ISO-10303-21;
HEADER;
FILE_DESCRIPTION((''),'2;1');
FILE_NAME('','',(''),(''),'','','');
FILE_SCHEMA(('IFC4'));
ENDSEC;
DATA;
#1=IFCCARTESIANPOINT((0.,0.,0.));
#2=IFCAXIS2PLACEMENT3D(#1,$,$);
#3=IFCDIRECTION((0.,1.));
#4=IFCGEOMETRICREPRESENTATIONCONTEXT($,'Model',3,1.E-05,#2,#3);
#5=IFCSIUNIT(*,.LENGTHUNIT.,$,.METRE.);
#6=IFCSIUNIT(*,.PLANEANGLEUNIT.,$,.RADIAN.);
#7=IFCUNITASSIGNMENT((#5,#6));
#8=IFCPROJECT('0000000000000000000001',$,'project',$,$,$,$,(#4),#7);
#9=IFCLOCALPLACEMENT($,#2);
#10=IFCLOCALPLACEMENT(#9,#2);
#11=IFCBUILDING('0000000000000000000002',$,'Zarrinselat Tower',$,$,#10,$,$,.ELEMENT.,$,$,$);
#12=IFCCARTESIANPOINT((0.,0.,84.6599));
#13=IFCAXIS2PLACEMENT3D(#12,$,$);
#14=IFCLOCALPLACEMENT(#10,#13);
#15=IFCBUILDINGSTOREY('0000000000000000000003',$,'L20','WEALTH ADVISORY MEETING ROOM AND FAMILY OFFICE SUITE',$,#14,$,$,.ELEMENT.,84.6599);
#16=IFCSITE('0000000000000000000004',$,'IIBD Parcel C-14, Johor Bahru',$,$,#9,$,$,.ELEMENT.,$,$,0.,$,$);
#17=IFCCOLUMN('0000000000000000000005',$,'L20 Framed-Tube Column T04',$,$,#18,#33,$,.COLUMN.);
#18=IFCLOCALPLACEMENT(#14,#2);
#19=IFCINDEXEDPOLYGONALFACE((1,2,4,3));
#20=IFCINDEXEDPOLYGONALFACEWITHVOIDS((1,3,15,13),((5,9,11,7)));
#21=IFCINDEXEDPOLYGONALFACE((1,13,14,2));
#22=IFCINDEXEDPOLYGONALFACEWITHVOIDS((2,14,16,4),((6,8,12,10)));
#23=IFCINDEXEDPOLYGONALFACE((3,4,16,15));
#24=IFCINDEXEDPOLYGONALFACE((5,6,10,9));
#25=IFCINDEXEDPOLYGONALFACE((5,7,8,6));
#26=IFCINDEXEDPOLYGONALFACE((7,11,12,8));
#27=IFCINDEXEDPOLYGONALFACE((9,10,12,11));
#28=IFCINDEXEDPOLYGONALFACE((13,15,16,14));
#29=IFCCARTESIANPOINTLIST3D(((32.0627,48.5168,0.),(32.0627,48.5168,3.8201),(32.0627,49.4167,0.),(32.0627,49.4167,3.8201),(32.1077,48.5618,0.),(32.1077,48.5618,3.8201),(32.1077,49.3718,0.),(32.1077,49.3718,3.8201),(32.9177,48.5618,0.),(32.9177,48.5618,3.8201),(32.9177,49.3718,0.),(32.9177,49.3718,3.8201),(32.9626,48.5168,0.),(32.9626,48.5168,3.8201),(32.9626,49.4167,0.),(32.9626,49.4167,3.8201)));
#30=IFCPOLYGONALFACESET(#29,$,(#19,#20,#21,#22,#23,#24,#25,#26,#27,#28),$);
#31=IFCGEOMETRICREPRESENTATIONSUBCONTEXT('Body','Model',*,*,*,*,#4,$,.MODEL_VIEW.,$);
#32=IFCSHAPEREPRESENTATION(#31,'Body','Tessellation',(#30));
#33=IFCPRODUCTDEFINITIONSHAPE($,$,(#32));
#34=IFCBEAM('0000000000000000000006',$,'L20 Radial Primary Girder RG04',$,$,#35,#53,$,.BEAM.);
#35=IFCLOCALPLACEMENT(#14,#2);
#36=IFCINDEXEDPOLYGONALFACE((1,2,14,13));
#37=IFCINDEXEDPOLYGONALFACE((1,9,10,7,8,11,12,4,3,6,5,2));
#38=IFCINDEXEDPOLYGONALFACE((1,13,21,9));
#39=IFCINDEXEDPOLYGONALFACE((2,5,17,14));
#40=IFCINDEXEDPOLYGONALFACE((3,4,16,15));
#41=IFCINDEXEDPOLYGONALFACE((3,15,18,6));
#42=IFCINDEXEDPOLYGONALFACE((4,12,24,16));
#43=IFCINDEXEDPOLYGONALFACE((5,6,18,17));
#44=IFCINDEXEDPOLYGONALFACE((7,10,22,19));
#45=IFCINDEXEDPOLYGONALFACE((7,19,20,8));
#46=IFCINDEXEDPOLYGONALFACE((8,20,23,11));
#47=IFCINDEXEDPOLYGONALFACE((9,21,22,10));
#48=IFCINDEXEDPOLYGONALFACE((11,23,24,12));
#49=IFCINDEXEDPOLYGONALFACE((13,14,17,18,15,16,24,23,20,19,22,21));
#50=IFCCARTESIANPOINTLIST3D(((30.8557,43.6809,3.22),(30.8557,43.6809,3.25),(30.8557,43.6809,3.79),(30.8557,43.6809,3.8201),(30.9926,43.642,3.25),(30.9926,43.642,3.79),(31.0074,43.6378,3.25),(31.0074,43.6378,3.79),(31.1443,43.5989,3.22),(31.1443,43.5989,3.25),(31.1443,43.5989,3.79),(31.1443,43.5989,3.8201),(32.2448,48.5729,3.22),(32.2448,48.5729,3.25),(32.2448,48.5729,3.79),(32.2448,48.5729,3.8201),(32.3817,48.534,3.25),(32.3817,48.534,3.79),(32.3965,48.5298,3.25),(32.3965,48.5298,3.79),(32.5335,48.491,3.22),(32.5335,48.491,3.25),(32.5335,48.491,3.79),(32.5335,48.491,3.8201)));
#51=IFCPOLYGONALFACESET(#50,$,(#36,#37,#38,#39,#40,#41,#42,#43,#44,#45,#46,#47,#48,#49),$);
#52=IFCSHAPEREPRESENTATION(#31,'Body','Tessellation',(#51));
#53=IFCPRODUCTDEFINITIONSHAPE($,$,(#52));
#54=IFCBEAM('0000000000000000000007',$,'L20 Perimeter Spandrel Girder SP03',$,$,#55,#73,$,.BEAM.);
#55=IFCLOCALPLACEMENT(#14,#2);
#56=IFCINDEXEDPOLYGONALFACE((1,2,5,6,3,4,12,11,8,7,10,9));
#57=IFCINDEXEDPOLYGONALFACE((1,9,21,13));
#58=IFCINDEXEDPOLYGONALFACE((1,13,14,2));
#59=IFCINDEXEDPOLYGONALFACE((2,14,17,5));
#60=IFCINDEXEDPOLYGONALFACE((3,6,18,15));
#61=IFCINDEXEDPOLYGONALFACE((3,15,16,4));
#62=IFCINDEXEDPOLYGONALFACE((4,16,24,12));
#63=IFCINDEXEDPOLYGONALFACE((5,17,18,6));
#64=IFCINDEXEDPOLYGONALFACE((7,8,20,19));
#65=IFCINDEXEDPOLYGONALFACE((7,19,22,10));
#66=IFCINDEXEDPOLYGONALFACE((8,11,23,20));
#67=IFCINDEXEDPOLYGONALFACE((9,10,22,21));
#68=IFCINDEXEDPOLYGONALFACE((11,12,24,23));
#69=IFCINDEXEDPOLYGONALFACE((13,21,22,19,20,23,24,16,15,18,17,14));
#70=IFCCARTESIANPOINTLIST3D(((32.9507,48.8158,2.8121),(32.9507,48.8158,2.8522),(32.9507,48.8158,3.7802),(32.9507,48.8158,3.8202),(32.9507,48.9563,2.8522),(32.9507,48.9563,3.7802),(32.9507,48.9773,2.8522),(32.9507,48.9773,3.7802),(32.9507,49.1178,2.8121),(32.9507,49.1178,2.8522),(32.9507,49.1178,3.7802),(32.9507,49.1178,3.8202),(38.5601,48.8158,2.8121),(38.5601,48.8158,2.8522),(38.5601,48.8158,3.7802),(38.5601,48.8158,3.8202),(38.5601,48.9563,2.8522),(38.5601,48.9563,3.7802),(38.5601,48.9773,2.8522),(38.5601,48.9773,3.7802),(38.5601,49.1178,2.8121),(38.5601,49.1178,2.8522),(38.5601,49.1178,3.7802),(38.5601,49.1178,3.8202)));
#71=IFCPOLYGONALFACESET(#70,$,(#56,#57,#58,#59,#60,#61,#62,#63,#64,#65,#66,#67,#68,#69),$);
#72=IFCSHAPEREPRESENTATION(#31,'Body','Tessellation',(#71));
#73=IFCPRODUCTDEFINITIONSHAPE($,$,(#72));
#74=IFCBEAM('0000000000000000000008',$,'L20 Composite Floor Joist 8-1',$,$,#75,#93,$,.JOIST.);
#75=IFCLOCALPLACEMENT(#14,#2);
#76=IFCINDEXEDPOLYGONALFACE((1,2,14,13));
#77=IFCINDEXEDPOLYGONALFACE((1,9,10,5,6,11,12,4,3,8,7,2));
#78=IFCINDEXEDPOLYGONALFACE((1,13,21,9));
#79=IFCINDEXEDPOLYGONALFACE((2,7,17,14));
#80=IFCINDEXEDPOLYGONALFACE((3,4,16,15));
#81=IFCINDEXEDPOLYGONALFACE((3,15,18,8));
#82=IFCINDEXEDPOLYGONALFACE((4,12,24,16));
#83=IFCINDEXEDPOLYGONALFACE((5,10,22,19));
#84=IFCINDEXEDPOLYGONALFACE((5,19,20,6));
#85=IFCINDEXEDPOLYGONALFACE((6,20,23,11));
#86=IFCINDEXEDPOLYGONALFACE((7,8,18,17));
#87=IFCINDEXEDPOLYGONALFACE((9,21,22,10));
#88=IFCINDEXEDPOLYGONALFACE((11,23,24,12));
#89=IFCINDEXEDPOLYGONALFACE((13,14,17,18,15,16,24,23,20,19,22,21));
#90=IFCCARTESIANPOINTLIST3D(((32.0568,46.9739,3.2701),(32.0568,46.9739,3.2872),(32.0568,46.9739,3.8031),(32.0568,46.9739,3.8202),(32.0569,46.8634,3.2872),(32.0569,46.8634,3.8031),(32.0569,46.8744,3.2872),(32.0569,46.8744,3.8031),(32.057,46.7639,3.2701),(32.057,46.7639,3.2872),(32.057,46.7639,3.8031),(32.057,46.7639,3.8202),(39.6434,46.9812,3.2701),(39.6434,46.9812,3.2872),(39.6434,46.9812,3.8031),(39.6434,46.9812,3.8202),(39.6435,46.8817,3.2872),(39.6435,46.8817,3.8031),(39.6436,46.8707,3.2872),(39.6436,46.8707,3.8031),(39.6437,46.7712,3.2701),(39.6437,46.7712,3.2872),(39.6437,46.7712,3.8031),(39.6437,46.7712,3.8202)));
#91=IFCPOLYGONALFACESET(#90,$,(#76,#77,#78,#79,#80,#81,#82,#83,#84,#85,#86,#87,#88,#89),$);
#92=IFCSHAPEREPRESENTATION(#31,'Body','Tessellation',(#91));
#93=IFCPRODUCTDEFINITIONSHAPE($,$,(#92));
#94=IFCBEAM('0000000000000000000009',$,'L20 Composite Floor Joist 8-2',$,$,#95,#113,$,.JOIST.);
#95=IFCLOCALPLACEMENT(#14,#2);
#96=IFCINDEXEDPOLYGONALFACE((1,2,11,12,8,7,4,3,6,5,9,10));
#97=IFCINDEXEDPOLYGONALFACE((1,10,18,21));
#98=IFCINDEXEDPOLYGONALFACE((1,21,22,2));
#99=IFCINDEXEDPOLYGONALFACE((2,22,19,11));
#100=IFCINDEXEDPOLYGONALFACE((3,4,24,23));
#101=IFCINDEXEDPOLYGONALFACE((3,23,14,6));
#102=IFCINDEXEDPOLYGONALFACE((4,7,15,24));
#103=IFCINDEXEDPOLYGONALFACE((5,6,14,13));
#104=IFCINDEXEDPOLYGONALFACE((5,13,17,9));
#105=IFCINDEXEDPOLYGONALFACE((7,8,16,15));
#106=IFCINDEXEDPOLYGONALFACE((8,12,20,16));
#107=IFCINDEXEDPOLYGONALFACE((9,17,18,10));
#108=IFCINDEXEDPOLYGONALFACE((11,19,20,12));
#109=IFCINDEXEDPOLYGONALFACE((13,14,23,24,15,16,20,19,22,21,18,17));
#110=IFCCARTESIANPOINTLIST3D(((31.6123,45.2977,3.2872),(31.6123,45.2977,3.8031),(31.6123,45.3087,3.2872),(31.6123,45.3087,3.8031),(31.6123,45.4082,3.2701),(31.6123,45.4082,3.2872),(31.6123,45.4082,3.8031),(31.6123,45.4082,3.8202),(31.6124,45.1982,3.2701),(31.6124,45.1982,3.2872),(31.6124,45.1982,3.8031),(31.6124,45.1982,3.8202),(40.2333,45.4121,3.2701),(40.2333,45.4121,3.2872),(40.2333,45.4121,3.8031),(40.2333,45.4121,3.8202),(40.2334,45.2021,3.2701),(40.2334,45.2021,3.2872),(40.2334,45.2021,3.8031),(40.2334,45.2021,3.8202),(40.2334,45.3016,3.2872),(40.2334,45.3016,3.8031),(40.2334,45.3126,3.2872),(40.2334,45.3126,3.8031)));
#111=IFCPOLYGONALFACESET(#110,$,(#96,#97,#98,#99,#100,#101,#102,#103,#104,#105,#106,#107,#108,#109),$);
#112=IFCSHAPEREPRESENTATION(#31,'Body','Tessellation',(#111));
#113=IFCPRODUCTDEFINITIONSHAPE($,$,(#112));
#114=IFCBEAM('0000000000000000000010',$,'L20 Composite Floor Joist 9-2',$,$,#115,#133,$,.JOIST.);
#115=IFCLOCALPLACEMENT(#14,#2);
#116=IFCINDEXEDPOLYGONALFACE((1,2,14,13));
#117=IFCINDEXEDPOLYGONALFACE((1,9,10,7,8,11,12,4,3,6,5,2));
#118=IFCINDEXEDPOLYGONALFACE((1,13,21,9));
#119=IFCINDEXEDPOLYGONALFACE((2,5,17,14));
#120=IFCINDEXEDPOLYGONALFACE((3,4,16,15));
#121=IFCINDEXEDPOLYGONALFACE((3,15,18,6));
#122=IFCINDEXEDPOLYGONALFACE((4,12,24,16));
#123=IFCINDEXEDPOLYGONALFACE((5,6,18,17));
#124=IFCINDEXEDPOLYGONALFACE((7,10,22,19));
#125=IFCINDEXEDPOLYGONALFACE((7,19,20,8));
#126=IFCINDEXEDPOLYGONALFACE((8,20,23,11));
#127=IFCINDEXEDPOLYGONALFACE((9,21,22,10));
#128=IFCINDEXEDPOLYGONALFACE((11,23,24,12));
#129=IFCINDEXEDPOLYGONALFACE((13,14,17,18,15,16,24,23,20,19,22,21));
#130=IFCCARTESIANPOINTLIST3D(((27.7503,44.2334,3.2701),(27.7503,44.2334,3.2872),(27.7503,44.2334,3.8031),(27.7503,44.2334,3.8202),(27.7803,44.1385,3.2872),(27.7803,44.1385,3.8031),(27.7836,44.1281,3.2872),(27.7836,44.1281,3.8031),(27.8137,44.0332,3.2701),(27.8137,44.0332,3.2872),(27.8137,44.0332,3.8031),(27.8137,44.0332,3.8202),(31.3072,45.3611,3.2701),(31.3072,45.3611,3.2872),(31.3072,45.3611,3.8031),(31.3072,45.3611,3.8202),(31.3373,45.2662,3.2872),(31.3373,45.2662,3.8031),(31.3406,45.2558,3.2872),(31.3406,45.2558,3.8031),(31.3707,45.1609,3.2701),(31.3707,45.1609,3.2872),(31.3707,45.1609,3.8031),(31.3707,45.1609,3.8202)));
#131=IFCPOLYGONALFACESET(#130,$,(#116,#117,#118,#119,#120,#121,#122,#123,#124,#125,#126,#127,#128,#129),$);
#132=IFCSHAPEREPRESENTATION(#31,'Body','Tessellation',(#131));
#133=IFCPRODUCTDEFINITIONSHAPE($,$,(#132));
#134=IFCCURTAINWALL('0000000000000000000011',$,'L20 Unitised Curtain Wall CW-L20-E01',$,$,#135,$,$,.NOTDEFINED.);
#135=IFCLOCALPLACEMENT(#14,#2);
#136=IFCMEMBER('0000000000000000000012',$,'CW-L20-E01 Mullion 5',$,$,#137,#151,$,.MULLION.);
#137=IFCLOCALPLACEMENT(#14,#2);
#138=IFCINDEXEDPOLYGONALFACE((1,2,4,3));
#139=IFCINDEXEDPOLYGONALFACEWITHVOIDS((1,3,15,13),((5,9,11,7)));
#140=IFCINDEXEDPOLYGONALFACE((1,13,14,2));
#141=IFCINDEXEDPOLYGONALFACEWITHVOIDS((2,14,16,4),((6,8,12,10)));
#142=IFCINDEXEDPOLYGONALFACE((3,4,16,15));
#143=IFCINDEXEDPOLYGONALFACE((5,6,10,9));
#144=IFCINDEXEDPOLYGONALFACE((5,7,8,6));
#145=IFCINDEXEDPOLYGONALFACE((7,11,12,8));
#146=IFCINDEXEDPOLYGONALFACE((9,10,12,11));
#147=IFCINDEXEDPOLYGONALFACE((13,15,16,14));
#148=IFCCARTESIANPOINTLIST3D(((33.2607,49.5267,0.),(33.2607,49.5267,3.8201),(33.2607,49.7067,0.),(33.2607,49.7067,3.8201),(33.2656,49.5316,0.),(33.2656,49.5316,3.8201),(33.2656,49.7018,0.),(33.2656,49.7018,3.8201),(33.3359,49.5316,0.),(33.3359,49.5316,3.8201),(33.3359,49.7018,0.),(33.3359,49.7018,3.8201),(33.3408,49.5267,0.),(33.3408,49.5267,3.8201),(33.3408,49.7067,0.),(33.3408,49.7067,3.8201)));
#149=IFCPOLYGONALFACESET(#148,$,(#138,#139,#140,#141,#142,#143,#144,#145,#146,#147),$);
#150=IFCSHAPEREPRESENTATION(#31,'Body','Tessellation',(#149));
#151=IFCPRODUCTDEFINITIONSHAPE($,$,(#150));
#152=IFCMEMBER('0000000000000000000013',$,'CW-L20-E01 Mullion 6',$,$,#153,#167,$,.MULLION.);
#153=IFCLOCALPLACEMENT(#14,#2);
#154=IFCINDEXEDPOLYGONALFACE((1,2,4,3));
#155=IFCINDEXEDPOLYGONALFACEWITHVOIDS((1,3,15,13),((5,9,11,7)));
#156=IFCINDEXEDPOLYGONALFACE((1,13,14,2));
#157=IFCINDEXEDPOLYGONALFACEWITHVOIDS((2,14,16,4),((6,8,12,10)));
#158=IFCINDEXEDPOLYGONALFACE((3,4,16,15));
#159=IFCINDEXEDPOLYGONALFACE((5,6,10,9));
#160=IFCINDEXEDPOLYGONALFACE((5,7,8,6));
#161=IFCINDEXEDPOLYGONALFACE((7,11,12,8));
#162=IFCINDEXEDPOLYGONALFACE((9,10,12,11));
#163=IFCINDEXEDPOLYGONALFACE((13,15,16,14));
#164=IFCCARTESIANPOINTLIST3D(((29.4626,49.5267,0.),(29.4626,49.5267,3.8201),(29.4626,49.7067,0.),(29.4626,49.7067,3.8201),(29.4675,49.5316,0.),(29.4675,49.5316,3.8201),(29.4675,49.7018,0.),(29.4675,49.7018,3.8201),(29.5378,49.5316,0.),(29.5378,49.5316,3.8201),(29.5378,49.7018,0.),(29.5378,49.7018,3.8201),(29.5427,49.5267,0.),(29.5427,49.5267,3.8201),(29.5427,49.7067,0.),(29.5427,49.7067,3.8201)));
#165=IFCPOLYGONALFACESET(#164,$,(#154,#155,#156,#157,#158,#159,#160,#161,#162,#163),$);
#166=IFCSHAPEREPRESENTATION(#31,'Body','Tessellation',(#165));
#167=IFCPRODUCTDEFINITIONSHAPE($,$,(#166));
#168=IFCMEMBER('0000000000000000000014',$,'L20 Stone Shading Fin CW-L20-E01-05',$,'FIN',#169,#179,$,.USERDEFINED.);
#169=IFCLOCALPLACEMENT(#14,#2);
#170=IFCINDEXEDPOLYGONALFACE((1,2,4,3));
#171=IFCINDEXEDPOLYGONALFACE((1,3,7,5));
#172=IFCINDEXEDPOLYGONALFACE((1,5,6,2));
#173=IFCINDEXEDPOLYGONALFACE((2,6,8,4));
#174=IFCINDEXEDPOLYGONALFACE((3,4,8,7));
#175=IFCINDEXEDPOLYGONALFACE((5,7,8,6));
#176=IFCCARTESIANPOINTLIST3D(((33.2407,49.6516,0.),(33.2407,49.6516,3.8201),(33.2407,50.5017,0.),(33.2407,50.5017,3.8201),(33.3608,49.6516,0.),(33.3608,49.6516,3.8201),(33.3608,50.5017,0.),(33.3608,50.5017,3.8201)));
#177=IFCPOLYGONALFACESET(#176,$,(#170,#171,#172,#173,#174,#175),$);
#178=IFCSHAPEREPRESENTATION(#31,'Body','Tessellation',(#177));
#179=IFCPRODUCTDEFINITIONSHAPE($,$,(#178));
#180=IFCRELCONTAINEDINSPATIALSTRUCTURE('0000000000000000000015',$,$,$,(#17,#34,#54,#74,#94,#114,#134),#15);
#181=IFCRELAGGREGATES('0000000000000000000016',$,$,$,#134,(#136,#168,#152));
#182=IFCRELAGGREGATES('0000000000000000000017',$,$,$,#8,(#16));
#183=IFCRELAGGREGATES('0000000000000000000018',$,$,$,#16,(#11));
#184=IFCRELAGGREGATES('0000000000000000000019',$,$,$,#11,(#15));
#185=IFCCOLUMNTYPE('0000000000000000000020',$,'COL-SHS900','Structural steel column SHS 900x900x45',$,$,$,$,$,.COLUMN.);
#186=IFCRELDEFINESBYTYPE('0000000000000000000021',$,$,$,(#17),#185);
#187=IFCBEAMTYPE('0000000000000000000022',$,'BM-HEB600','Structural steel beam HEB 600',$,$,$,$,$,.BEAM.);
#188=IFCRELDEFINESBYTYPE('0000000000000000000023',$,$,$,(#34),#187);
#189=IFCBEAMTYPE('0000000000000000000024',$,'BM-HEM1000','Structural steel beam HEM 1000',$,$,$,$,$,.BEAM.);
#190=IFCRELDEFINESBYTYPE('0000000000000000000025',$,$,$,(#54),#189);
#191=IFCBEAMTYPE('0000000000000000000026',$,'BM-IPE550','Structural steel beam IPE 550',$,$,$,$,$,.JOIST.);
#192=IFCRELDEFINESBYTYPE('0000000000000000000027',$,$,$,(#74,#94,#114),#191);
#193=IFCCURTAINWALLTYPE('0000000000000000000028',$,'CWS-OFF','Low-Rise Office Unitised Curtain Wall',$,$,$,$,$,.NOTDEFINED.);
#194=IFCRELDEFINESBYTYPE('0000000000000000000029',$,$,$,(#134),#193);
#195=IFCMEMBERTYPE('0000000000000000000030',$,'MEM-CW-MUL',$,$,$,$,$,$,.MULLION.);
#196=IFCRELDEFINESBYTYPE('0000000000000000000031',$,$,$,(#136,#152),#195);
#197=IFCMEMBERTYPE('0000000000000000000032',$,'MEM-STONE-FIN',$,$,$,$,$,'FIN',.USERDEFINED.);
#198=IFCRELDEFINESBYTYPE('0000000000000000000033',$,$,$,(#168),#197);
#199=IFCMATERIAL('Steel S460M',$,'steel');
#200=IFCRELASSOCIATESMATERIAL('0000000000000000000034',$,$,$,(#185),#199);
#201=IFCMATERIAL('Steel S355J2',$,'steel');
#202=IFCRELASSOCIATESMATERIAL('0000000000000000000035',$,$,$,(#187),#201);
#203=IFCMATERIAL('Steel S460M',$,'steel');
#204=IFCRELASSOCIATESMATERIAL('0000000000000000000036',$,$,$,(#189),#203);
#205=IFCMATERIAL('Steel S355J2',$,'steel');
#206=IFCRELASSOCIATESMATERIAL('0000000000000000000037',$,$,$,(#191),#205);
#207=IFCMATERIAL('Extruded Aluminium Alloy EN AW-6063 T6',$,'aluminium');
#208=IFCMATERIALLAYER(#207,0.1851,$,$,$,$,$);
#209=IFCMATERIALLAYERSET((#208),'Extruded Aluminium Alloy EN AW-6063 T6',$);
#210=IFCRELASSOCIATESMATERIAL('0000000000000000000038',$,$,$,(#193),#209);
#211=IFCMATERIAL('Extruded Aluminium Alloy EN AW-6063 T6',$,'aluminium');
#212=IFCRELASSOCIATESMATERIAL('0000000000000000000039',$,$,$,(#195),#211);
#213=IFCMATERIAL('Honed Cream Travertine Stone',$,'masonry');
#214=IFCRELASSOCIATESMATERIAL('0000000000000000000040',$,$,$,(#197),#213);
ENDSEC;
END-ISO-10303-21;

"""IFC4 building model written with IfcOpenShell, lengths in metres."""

from ifc_helpers import new_model, si_unit, direction, frame, origin, origin_2d, place, context, subcontext, project, spatial, rectangle, hollow_rectangle, i_section, extrude, material, layer, layer_set, material_profile, profile_set, type_object, element, aggregate, save


model = new_model("IFC4")

# Units and contexts
model_context = context("Model", 3, precision=1e-05, world=origin(), true_north=direction((0.0, 1.0)))
body_context = subcontext(model_context, "Body", "Model", "MODEL_VIEW")
ifc_project = project(units=[si_unit("LENGTHUNIT", "METRE"), si_unit("PLANEANGLEUNIT", "RADIAN")], contexts=[model_context])

# Site, building, storey
site_placement = place(None, origin())
site = spatial("IfcSite", under=ifc_project, at=site_placement, Name="IIBD Parcel C-14, Johor Bahru", CompositionType="ELEMENT", RefElevation=0.0)
building_placement = place(site_placement, origin())
building = spatial("IfcBuilding", under=site, at=building_placement, Name="Zarrinselat Tower", CompositionType="ELEMENT")
storey_placement = place(building_placement, frame((0.0, 0.0, 84.6599)))
storey = spatial("IfcBuildingStorey", under=building, at=storey_placement, Name="L20", Description="WEALTH ADVISORY MEETING ROOM AND FAMILY OFFICE SUITE", CompositionType="ELEMENT", Elevation=84.6599)

# Column
ifc_material_1 = material(Name="Steel S460M", Category="steel")
ifc_material_profile_1 = material_profile(ifc_material_1, hollow_rectangle(XDim=0.8999, YDim=0.8999, WallThickness=0.0449, at=origin_2d()), Name="SHS 900x900x45")
ifc_profile_set_1 = profile_set([ifc_material_profile_1], Name="Steel S460M")
column_type = type_object("IfcColumnType", Name="COL-SHS900", Description="Structural steel column SHS 900x900x45", PredefinedType="COLUMN", material=ifc_profile_set_1)
column_placement = place(storey_placement, frame((32.5127, 48.9668, 0.0), z_axis=(0.0, 0.0, 1.0), x_axis=(1.0, 0.0, 0.0)))
element("IfcColumn", 1, at=column_placement, inside=storey, type_object=column_type, Name="L20 Framed-Tube Column T04", PredefinedType="COLUMN", context=body_context, shape_type="SweptSolid", body=[
    extrude(hollow_rectangle(XDim=0.8999, YDim=0.8999, WallThickness=0.0449, at=origin_2d()), origin(), (0.0, 0.0, 1.0), 3.8201),
])

# Beams
ifc_material_2 = material(Name="Steel S355J2", Category="steel")
ifc_material_profile_2 = material_profile(ifc_material_2, i_section(OverallWidth=0.3, OverallDepth=0.6001, WebThickness=0.0154, FlangeThickness=0.03, at=origin_2d()), Name="HEB 600")
ifc_profile_set_2 = profile_set([ifc_material_profile_2], Name="Steel S355J2")
beam_type_1 = type_object("IfcBeamType", Name="BM-HEB600", Description="Structural steel beam HEB 600", PredefinedType="BEAM", material=ifc_profile_set_2)
beam_1_placement = place(storey_placement, frame((31.0, 43.6399, 3.52), z_axis=(0.273161, 0.961968, 0.0), x_axis=(-0.961968, 0.273161, 0.0)))
element("IfcBeam", 2, at=beam_1_placement, inside=storey, type_object=beam_type_1, Name="L20 Radial Primary Girder RG04", PredefinedType="BEAM", context=body_context, shape_type="SweptSolid", body=[
    extrude(i_section(OverallWidth=0.3, OverallDepth=0.6001, WebThickness=0.0154, FlangeThickness=0.03, at=origin_2d()), origin(), (0.0, 0.0, 1.0), 5.0854),
])
ifc_material_3 = material(Name="Steel S460M", Category="steel")
ifc_material_profile_3 = material_profile(ifc_material_3, i_section(OverallWidth=0.302, OverallDepth=1.0081, WebThickness=0.021, FlangeThickness=0.04, at=origin_2d()), Name="HEM 1000")
ifc_profile_set_3 = profile_set([ifc_material_profile_3], Name="Steel S460M")
beam_type_2 = type_object("IfcBeamType", Name="BM-HEM1000", Description="Structural steel beam HEM 1000", PredefinedType="BEAM", material=ifc_profile_set_3)
beam_2_placement = place(storey_placement, frame((32.9507, 48.9668, 3.3162), z_axis=(1.0, 0.0, 0.0), x_axis=(0.0, 1.0, 0.0)))
element("IfcBeam", 3, at=beam_2_placement, inside=storey, type_object=beam_type_2, Name="L20 Perimeter Spandrel Girder SP03", PredefinedType="BEAM", context=body_context, shape_type="SweptSolid", body=[
    extrude(i_section(OverallWidth=0.302, OverallDepth=1.0081, WebThickness=0.021, FlangeThickness=0.04, at=origin_2d()), origin(), (0.0, 0.0, 1.0), 5.6094),
])
ifc_material_4 = material(Name="Steel S355J2", Category="steel")
ifc_material_profile_4 = material_profile(ifc_material_4, i_section(OverallWidth=0.21, OverallDepth=0.55, WebThickness=0.011, FlangeThickness=0.0171, at=origin_2d()), Name="IPE 550")
ifc_profile_set_4 = profile_set([ifc_material_profile_4], Name="Steel S355J2")
beam_type_3 = type_object("IfcBeamType", Name="BM-IPE550", Description="Structural steel beam IPE 550", PredefinedType="JOIST", material=ifc_profile_set_4)
beam_3_placement = place(storey_placement, frame((32.0569, 46.8689, 3.5452), z_axis=(1.0, 0.000965, 0.0), x_axis=(-0.000965, 1.0, 0.0)))
element("IfcBeam", 4, at=beam_3_placement, inside=storey, type_object=beam_type_3, Name="L20 Composite Floor Joist 8-1", PredefinedType="JOIST", context=body_context, shape_type="SweptSolid", body=[
    extrude(i_section(OverallWidth=0.21, OverallDepth=0.55, WebThickness=0.011, FlangeThickness=0.0171, at=origin_2d()), origin(), (0.0, 0.0, 1.0), 7.5867),
])
beam_4_placement = place(storey_placement, frame((31.6123, 45.3032, 3.5452), z_axis=(1.0, 0.000453, 0.0), x_axis=(-0.000453, 1.0, 0.0)))
element("IfcBeam", 5, at=beam_4_placement, inside=storey, type_object=beam_type_3, Name="L20 Composite Floor Joist 8-2", PredefinedType="JOIST", context=body_context, shape_type="SweptSolid", body=[
    extrude(i_section(OverallWidth=0.21, OverallDepth=0.55, WebThickness=0.011, FlangeThickness=0.0171, at=origin_2d()), origin(), (0.0, 0.0, 1.0), 8.6211),
])
beam_5_placement = place(storey_placement, frame((27.782, 44.1333, 3.5452), z_axis=(0.953239, 0.302218, 0.0), x_axis=(-0.302218, 0.953239, 0.0)))
element("IfcBeam", 6, at=beam_5_placement, inside=storey, type_object=beam_type_3, Name="L20 Composite Floor Joist 9-2", PredefinedType="JOIST", context=body_context, shape_type="SweptSolid", body=[
    extrude(i_section(OverallWidth=0.21, OverallDepth=0.55, WebThickness=0.011, FlangeThickness=0.0171, at=origin_2d()), origin(), (0.0, 0.0, 1.0), 3.7314),
])

# Curtain wall, members
ifc_material_5 = material(Name="Extruded Aluminium Alloy EN AW-6063 T6", Category="aluminium")
ifc_layer_1 = layer(ifc_material_5, 0.1851)
ifc_layer_set_1 = layer_set([ifc_layer_1], Name="Extruded Aluminium Alloy EN AW-6063 T6")
curtain_wall_type = type_object("IfcCurtainWallType", Name="CWS-OFF", Description="Low-Rise Office Unitised Curtain Wall", PredefinedType="NOTDEFINED", material=ifc_layer_set_1)
curtain_wall_placement = place(storey_placement, origin())
curtain_wall = element("IfcCurtainWall", 7, at=curtain_wall_placement, inside=storey, type_object=curtain_wall_type, Name="L20 Unitised Curtain Wall CW-L20-E01", PredefinedType="NOTDEFINED")
ifc_material_6 = material(Name="Extruded Aluminium Alloy EN AW-6063 T6", Category="aluminium")
ifc_material_profile_5 = material_profile(ifc_material_6, hollow_rectangle(XDim=0.0801, YDim=0.1799, WallThickness=0.0049, at=origin_2d()), Name="RHS 180x80x5")
ifc_profile_set_5 = profile_set([ifc_material_profile_5], Name="Extruded Aluminium Alloy EN AW-6063 T6")
member_type_1 = type_object("IfcMemberType", Name="MEM-CW-MUL", PredefinedType="MULLION", material=ifc_profile_set_5)
member_1_placement = place(storey_placement, frame((33.3008, 49.6167, 0.0), z_axis=(0.0, 0.0, 1.0), x_axis=(-1.0, 0.0, 0.0)))
member_1 = element("IfcMember", 8, at=member_1_placement, type_object=member_type_1, Name="CW-L20-E01 Mullion 5", PredefinedType="MULLION", context=body_context, shape_type="SweptSolid", body=[
    extrude(hollow_rectangle(XDim=0.0801, YDim=0.1799, WallThickness=0.0049, at=origin_2d()), origin(), (0.0, 0.0, 1.0), 3.8201),
])
member_2_placement = place(storey_placement, frame((29.5027, 49.6167, 0.0), z_axis=(0.0, 0.0, 1.0), x_axis=(-1.0, 0.0, 0.0)))
member_2 = element("IfcMember", 9, at=member_2_placement, type_object=member_type_1, Name="CW-L20-E01 Mullion 6", PredefinedType="MULLION", context=body_context, shape_type="SweptSolid", body=[
    extrude(hollow_rectangle(XDim=0.0801, YDim=0.1799, WallThickness=0.0049, at=origin_2d()), origin(), (0.0, 0.0, 1.0), 3.8201),
])
ifc_material_7 = material(Name="Honed Cream Travertine Stone", Category="masonry")
ifc_material_profile_6 = material_profile(ifc_material_7, rectangle(XDim=0.1201, YDim=0.8501, at=origin_2d()), Name="FIN 850x120")
ifc_profile_set_6 = profile_set([ifc_material_profile_6], Name="Honed Cream Travertine Stone")
member_type_2 = type_object("IfcMemberType", Name="MEM-STONE-FIN", ElementType="FIN", PredefinedType="USERDEFINED", material=ifc_profile_set_6)
member_3_placement = place(storey_placement, frame((33.3008, 50.0767, 0.0), z_axis=(0.0, 0.0, 1.0), x_axis=(1.0, 0.0, 0.0)))
member_3 = element("IfcMember", 10, at=member_3_placement, type_object=member_type_2, Name="L20 Stone Shading Fin CW-L20-E01-05", ObjectType="FIN", PredefinedType="USERDEFINED", context=body_context, shape_type="SweptSolid", body=[
    extrude(rectangle(XDim=0.1201, YDim=0.8501, at=origin_2d()), origin(), (0.0, 0.0, 1.0), 3.8201),
])
aggregate(curtain_wall, [member_1, member_3, member_2])

save(model, "model.ifc")
